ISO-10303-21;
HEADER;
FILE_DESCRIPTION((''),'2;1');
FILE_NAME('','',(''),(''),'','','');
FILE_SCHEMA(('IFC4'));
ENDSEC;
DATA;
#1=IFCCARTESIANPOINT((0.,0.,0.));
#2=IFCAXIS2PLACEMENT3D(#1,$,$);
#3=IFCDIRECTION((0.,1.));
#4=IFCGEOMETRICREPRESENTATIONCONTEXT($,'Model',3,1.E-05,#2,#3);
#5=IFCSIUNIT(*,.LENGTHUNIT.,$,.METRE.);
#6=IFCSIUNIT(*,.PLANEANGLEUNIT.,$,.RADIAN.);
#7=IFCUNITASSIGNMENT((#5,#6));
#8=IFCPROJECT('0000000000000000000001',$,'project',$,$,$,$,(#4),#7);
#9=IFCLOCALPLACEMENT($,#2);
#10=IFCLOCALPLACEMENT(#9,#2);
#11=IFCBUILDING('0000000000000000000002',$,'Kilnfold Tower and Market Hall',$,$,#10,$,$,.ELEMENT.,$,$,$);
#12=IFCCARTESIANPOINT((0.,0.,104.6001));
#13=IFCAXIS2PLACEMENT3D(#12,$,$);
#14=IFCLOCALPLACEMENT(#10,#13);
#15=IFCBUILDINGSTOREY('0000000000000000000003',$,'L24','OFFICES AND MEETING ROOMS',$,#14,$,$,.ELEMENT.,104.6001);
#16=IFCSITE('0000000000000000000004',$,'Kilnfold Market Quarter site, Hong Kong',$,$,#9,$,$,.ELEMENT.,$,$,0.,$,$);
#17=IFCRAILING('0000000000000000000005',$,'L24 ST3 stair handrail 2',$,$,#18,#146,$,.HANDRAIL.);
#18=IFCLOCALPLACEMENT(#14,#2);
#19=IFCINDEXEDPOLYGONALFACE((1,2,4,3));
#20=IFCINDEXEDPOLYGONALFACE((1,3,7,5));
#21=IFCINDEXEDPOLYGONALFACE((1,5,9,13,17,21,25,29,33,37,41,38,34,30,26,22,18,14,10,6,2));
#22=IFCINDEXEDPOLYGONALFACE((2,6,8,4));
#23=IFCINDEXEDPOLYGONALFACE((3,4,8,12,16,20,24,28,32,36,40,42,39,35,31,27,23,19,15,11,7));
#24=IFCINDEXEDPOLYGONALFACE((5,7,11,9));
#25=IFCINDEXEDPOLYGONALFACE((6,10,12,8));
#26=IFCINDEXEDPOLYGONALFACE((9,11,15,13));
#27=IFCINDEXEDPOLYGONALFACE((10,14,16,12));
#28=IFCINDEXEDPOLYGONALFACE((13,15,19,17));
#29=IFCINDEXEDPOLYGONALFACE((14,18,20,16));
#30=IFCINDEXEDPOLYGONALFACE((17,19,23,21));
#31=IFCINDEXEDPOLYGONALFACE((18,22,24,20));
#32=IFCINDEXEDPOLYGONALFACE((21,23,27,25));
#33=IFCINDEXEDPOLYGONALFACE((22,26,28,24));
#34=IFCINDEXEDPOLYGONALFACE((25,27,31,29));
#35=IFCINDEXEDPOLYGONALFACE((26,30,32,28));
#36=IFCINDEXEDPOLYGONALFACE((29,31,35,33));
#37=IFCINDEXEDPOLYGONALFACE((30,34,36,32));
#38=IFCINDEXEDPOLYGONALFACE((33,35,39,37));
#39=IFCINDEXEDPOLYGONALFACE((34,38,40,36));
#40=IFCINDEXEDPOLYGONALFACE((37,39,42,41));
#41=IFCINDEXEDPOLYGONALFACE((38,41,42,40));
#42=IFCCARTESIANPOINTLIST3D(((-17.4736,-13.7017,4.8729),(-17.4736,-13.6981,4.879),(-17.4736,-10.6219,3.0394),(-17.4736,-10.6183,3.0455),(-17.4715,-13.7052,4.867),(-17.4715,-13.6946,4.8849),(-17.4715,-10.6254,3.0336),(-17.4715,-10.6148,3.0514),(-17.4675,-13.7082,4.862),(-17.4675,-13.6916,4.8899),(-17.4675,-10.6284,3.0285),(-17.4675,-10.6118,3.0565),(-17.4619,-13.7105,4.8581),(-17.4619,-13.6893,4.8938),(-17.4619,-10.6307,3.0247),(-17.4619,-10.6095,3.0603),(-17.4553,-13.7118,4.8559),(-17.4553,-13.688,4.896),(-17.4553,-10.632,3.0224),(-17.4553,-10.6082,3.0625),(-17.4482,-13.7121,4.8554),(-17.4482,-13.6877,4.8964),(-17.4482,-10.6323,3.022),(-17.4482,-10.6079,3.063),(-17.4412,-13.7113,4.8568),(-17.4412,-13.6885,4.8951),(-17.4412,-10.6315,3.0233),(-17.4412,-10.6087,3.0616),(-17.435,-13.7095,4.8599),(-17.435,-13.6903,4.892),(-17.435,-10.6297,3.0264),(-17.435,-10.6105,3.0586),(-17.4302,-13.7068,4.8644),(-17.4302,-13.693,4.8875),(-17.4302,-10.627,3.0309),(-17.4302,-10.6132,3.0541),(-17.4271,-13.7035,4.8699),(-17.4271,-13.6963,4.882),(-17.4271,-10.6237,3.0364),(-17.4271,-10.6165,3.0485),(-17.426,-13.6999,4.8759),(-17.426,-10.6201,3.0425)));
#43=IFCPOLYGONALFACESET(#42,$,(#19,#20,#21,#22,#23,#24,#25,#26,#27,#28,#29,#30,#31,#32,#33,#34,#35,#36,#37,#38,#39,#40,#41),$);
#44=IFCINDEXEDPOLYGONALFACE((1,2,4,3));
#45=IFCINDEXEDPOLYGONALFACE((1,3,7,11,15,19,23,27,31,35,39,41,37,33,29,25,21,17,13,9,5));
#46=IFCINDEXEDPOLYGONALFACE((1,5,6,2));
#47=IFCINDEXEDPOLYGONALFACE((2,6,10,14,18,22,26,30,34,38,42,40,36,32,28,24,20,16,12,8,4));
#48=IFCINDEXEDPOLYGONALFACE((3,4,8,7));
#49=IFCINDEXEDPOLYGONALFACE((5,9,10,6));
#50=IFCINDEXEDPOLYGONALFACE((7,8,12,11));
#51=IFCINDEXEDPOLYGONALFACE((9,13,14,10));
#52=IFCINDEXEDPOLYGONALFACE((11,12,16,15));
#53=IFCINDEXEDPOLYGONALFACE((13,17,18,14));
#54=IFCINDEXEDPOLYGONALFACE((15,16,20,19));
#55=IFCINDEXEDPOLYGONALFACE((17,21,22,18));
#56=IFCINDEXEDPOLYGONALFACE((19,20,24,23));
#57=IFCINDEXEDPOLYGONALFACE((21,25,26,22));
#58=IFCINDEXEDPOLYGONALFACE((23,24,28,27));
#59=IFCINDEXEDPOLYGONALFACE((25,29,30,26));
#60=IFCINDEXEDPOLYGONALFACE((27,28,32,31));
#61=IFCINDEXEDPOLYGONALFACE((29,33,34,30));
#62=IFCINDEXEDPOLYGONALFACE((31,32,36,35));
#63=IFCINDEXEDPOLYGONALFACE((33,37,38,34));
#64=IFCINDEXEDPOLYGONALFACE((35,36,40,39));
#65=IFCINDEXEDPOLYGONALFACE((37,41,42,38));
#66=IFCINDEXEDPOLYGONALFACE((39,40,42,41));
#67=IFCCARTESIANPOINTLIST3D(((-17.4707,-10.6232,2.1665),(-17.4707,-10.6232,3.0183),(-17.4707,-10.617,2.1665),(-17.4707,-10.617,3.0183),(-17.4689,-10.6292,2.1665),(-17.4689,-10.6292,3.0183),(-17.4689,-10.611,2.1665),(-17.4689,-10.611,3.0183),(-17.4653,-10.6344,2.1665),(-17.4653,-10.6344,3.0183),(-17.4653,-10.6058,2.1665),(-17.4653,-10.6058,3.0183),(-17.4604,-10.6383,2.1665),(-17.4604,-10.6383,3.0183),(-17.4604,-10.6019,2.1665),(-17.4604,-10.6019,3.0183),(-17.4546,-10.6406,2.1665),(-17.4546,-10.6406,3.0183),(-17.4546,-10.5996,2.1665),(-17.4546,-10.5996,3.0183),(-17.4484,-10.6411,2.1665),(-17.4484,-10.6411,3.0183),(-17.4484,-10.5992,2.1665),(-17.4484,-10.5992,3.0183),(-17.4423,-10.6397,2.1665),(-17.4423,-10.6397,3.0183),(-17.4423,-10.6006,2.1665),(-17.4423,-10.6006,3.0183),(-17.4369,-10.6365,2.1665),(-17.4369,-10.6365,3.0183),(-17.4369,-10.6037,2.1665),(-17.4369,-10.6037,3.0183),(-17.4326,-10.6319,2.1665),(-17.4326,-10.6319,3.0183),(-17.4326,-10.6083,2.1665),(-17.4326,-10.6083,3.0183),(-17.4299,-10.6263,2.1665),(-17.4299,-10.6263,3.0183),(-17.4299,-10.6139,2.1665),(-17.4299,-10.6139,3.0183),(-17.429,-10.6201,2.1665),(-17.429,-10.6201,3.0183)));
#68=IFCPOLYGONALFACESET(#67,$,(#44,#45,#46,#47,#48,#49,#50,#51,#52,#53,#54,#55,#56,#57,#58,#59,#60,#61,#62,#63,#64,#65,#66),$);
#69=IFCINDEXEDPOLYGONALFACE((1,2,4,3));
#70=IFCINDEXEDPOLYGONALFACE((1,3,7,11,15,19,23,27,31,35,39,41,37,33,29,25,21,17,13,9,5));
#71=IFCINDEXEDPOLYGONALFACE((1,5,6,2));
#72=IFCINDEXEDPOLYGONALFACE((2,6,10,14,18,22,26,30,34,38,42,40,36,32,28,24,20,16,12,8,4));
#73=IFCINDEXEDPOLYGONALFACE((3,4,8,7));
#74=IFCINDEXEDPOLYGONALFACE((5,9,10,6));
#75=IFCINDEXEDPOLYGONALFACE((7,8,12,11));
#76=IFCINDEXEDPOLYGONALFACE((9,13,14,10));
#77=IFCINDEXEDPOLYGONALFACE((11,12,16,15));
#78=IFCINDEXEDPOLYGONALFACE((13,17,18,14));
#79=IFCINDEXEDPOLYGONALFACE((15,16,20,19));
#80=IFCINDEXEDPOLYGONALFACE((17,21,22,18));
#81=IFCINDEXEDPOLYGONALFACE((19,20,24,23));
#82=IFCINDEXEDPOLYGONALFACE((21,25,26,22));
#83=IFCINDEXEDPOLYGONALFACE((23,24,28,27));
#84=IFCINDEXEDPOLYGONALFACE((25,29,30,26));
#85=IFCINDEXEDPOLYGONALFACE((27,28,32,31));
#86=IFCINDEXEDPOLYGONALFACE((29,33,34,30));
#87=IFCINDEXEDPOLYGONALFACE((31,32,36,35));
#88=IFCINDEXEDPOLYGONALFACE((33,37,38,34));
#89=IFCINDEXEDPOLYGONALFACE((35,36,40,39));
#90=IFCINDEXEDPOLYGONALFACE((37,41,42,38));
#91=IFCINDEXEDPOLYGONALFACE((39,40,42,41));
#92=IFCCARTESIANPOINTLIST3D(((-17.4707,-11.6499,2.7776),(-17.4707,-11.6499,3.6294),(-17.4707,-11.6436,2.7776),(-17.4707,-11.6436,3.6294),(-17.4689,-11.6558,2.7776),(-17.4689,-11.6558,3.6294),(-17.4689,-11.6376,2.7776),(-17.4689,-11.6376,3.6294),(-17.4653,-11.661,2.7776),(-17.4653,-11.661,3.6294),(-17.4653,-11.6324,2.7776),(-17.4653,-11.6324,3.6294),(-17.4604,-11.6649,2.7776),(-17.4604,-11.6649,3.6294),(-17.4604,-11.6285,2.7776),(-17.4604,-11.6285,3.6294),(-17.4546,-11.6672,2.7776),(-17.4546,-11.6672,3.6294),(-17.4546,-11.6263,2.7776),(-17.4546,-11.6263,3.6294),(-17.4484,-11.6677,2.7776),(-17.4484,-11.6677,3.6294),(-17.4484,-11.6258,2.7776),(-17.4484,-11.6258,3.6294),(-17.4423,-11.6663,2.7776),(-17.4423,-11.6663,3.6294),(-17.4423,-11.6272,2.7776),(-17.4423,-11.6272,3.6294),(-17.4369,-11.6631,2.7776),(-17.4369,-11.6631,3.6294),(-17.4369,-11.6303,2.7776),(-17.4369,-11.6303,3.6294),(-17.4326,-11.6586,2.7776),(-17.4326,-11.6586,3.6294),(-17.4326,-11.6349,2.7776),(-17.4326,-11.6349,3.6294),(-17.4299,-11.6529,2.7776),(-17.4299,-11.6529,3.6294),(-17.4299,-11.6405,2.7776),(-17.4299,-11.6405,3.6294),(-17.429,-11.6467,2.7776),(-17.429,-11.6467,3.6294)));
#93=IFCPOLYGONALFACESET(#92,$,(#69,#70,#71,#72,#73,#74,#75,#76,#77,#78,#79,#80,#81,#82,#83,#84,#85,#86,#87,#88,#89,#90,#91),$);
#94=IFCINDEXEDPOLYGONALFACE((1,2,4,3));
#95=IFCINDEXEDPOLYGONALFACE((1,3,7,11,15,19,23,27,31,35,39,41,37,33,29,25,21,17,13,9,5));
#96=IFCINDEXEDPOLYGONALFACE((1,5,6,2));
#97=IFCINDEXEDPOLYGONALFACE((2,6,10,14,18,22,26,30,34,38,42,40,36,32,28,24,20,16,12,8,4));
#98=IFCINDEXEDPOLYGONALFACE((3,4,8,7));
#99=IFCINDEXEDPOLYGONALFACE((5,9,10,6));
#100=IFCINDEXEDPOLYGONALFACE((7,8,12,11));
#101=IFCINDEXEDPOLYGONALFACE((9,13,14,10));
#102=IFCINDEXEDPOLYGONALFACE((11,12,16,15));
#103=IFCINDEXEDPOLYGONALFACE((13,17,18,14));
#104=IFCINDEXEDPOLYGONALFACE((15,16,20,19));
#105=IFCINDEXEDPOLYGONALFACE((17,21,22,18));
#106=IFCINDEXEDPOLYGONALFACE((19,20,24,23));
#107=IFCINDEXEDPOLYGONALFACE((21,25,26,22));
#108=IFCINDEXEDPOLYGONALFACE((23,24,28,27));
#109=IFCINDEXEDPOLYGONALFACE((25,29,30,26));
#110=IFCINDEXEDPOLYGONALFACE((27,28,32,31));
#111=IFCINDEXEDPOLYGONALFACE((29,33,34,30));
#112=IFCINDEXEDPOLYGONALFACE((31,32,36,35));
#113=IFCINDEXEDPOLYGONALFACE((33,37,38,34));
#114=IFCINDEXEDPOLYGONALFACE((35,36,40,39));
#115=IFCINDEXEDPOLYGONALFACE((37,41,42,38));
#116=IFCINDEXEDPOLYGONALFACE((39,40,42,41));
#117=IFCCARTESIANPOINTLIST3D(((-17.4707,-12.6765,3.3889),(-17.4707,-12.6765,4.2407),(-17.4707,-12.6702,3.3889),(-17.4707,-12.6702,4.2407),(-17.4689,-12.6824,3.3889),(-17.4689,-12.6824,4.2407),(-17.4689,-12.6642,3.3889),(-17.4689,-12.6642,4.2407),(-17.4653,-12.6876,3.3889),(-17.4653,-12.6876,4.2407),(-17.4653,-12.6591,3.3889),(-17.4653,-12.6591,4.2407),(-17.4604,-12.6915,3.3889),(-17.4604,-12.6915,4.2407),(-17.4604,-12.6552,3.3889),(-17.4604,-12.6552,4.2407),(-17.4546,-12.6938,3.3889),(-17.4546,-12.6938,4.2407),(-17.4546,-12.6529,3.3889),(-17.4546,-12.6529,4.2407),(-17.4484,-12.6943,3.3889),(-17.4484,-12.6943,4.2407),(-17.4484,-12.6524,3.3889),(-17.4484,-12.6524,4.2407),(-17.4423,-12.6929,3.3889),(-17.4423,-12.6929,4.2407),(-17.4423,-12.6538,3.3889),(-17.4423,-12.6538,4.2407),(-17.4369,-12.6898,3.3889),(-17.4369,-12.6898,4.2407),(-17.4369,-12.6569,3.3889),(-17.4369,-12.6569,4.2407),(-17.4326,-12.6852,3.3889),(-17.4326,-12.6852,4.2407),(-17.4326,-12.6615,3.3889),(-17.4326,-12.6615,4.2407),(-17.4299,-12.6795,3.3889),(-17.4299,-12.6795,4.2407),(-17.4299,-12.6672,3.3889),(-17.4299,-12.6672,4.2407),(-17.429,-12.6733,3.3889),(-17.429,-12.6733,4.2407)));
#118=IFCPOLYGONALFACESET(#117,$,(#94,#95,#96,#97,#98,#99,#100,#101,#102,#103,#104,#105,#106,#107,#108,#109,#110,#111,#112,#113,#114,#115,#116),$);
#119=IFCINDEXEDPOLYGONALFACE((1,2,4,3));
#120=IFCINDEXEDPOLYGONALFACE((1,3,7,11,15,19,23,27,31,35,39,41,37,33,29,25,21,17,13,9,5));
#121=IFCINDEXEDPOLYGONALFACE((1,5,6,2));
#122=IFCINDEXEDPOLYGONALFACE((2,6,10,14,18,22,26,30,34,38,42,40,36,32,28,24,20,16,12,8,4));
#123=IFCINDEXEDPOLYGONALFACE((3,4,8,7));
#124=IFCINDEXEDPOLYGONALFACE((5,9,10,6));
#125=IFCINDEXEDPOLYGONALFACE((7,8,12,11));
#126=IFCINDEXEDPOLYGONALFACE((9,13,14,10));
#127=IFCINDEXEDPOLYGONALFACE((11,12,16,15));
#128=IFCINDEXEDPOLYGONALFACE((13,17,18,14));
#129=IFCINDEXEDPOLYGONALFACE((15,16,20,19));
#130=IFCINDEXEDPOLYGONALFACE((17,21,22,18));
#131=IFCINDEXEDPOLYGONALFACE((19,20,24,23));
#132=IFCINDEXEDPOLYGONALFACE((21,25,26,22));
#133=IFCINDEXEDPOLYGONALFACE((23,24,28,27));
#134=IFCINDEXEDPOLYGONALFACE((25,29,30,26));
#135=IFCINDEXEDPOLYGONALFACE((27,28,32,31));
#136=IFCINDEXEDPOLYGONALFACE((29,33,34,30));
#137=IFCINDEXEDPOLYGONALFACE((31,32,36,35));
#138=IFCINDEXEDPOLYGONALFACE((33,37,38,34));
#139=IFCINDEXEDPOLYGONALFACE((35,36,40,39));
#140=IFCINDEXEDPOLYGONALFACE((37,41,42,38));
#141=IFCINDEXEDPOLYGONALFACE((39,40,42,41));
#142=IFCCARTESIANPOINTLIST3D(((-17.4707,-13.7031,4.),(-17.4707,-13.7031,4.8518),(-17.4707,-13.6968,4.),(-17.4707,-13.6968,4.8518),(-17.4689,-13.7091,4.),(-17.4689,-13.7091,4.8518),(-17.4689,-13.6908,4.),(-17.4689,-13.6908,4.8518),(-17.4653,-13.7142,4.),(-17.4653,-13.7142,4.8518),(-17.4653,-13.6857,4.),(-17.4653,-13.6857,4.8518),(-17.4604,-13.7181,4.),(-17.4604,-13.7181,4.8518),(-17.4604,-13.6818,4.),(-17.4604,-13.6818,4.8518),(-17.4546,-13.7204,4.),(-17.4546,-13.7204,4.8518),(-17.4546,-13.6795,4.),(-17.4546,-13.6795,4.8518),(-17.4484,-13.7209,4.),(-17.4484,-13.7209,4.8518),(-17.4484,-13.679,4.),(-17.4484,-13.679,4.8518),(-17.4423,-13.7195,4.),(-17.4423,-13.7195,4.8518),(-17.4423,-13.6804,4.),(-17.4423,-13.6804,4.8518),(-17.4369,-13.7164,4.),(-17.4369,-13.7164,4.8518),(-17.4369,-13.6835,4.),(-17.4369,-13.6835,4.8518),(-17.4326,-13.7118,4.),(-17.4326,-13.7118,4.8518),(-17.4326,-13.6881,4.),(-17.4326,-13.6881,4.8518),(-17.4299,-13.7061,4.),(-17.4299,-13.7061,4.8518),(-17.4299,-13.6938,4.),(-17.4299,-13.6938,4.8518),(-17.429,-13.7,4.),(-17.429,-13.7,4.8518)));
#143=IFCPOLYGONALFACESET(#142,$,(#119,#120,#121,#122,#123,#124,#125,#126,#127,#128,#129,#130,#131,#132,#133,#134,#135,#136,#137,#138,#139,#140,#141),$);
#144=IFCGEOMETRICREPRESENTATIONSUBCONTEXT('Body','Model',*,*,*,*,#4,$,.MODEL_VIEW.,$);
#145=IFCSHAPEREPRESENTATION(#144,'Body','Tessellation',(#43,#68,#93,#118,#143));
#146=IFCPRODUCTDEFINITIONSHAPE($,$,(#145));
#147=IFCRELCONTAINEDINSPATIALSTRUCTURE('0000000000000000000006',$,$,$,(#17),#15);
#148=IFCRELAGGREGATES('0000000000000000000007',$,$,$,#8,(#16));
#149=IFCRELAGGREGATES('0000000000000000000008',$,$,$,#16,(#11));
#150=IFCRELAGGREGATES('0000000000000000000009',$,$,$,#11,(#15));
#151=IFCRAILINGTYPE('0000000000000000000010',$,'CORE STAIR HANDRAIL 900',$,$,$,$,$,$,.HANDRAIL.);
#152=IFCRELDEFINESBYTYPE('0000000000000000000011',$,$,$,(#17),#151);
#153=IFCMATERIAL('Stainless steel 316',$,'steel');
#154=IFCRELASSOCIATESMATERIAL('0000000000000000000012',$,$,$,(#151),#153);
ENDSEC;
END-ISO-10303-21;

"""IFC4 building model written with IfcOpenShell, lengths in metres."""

from ifc_helpers import new_model, si_unit, direction, frame, origin, origin_2d, place, context, subcontext, project, spatial, circle, extrude, material, type_object, element, save


model = new_model("IFC4")

# Units and contexts
model_context = context("Model", 3, precision=1e-05, world=origin(), true_north=direction((0.0, 1.0)))
body_context = subcontext(model_context, "Body", "Model", "MODEL_VIEW")
ifc_project = project(units=[si_unit("LENGTHUNIT", "METRE"), si_unit("PLANEANGLEUNIT", "RADIAN")], contexts=[model_context])

# Site, building, storey
site_placement = place(None, origin())
site = spatial("IfcSite", under=ifc_project, at=site_placement, Name="Kilnfold Market Quarter site, Hong Kong", CompositionType="ELEMENT", RefElevation=0.0)
building_placement = place(site_placement, origin())
building = spatial("IfcBuilding", under=site, at=building_placement, Name="Kilnfold Tower and Market Hall", CompositionType="ELEMENT")
storey_placement = place(building_placement, frame((0.0, 0.0, 104.6001)))
storey = spatial("IfcBuildingStorey", under=building, at=storey_placement, Name="L24", Description="OFFICES AND MEETING ROOMS", CompositionType="ELEMENT", Elevation=104.6001)

# Railing
ifc_material_1 = material(Name="Stainless steel 316", Category="steel")
railing_type_1 = type_object("IfcRailingType", Name="CORE STAIR HANDRAIL 900", PredefinedType="HANDRAIL", material=ifc_material_1)
railing_1_placement = place(storey_placement, frame((-17.45, -10.6201, 2.1665)))
element("IfcRailing", 1, at=railing_1_placement, inside=storey, type_object=railing_type_1, Name="L24 ST3 stair handrail 2", PredefinedType="HANDRAIL", context=body_context, shape_type="SweptSolid", body=[
    extrude(circle(Radius=0.0239, at=origin_2d()), frame((0.0, 0.0, 0.876), z_axis=(0.0, -0.859261, 0.511538), x_axis=(1.0, 0.0, 0.0)), (0.0, 0.0, 1.0), 3.5842),
    extrude(circle(Radius=0.021, at=origin_2d()), origin(), (0.0, 0.0, 1.0), 0.8518),
    extrude(circle(Radius=0.021, at=origin_2d()), frame((0.0, -1.0266, 0.6111)), (0.0, 0.0, 1.0), 0.8518),
    extrude(circle(Radius=0.021, at=origin_2d()), frame((0.0, -2.0532, 1.2224)), (0.0, 0.0, 1.0), 0.8518),
    extrude(circle(Radius=0.021, at=origin_2d()), frame((0.0, -3.0798, 1.8335)), (0.0, 0.0, 1.0), 0.8518),
])

save(model, "model.ifc")
